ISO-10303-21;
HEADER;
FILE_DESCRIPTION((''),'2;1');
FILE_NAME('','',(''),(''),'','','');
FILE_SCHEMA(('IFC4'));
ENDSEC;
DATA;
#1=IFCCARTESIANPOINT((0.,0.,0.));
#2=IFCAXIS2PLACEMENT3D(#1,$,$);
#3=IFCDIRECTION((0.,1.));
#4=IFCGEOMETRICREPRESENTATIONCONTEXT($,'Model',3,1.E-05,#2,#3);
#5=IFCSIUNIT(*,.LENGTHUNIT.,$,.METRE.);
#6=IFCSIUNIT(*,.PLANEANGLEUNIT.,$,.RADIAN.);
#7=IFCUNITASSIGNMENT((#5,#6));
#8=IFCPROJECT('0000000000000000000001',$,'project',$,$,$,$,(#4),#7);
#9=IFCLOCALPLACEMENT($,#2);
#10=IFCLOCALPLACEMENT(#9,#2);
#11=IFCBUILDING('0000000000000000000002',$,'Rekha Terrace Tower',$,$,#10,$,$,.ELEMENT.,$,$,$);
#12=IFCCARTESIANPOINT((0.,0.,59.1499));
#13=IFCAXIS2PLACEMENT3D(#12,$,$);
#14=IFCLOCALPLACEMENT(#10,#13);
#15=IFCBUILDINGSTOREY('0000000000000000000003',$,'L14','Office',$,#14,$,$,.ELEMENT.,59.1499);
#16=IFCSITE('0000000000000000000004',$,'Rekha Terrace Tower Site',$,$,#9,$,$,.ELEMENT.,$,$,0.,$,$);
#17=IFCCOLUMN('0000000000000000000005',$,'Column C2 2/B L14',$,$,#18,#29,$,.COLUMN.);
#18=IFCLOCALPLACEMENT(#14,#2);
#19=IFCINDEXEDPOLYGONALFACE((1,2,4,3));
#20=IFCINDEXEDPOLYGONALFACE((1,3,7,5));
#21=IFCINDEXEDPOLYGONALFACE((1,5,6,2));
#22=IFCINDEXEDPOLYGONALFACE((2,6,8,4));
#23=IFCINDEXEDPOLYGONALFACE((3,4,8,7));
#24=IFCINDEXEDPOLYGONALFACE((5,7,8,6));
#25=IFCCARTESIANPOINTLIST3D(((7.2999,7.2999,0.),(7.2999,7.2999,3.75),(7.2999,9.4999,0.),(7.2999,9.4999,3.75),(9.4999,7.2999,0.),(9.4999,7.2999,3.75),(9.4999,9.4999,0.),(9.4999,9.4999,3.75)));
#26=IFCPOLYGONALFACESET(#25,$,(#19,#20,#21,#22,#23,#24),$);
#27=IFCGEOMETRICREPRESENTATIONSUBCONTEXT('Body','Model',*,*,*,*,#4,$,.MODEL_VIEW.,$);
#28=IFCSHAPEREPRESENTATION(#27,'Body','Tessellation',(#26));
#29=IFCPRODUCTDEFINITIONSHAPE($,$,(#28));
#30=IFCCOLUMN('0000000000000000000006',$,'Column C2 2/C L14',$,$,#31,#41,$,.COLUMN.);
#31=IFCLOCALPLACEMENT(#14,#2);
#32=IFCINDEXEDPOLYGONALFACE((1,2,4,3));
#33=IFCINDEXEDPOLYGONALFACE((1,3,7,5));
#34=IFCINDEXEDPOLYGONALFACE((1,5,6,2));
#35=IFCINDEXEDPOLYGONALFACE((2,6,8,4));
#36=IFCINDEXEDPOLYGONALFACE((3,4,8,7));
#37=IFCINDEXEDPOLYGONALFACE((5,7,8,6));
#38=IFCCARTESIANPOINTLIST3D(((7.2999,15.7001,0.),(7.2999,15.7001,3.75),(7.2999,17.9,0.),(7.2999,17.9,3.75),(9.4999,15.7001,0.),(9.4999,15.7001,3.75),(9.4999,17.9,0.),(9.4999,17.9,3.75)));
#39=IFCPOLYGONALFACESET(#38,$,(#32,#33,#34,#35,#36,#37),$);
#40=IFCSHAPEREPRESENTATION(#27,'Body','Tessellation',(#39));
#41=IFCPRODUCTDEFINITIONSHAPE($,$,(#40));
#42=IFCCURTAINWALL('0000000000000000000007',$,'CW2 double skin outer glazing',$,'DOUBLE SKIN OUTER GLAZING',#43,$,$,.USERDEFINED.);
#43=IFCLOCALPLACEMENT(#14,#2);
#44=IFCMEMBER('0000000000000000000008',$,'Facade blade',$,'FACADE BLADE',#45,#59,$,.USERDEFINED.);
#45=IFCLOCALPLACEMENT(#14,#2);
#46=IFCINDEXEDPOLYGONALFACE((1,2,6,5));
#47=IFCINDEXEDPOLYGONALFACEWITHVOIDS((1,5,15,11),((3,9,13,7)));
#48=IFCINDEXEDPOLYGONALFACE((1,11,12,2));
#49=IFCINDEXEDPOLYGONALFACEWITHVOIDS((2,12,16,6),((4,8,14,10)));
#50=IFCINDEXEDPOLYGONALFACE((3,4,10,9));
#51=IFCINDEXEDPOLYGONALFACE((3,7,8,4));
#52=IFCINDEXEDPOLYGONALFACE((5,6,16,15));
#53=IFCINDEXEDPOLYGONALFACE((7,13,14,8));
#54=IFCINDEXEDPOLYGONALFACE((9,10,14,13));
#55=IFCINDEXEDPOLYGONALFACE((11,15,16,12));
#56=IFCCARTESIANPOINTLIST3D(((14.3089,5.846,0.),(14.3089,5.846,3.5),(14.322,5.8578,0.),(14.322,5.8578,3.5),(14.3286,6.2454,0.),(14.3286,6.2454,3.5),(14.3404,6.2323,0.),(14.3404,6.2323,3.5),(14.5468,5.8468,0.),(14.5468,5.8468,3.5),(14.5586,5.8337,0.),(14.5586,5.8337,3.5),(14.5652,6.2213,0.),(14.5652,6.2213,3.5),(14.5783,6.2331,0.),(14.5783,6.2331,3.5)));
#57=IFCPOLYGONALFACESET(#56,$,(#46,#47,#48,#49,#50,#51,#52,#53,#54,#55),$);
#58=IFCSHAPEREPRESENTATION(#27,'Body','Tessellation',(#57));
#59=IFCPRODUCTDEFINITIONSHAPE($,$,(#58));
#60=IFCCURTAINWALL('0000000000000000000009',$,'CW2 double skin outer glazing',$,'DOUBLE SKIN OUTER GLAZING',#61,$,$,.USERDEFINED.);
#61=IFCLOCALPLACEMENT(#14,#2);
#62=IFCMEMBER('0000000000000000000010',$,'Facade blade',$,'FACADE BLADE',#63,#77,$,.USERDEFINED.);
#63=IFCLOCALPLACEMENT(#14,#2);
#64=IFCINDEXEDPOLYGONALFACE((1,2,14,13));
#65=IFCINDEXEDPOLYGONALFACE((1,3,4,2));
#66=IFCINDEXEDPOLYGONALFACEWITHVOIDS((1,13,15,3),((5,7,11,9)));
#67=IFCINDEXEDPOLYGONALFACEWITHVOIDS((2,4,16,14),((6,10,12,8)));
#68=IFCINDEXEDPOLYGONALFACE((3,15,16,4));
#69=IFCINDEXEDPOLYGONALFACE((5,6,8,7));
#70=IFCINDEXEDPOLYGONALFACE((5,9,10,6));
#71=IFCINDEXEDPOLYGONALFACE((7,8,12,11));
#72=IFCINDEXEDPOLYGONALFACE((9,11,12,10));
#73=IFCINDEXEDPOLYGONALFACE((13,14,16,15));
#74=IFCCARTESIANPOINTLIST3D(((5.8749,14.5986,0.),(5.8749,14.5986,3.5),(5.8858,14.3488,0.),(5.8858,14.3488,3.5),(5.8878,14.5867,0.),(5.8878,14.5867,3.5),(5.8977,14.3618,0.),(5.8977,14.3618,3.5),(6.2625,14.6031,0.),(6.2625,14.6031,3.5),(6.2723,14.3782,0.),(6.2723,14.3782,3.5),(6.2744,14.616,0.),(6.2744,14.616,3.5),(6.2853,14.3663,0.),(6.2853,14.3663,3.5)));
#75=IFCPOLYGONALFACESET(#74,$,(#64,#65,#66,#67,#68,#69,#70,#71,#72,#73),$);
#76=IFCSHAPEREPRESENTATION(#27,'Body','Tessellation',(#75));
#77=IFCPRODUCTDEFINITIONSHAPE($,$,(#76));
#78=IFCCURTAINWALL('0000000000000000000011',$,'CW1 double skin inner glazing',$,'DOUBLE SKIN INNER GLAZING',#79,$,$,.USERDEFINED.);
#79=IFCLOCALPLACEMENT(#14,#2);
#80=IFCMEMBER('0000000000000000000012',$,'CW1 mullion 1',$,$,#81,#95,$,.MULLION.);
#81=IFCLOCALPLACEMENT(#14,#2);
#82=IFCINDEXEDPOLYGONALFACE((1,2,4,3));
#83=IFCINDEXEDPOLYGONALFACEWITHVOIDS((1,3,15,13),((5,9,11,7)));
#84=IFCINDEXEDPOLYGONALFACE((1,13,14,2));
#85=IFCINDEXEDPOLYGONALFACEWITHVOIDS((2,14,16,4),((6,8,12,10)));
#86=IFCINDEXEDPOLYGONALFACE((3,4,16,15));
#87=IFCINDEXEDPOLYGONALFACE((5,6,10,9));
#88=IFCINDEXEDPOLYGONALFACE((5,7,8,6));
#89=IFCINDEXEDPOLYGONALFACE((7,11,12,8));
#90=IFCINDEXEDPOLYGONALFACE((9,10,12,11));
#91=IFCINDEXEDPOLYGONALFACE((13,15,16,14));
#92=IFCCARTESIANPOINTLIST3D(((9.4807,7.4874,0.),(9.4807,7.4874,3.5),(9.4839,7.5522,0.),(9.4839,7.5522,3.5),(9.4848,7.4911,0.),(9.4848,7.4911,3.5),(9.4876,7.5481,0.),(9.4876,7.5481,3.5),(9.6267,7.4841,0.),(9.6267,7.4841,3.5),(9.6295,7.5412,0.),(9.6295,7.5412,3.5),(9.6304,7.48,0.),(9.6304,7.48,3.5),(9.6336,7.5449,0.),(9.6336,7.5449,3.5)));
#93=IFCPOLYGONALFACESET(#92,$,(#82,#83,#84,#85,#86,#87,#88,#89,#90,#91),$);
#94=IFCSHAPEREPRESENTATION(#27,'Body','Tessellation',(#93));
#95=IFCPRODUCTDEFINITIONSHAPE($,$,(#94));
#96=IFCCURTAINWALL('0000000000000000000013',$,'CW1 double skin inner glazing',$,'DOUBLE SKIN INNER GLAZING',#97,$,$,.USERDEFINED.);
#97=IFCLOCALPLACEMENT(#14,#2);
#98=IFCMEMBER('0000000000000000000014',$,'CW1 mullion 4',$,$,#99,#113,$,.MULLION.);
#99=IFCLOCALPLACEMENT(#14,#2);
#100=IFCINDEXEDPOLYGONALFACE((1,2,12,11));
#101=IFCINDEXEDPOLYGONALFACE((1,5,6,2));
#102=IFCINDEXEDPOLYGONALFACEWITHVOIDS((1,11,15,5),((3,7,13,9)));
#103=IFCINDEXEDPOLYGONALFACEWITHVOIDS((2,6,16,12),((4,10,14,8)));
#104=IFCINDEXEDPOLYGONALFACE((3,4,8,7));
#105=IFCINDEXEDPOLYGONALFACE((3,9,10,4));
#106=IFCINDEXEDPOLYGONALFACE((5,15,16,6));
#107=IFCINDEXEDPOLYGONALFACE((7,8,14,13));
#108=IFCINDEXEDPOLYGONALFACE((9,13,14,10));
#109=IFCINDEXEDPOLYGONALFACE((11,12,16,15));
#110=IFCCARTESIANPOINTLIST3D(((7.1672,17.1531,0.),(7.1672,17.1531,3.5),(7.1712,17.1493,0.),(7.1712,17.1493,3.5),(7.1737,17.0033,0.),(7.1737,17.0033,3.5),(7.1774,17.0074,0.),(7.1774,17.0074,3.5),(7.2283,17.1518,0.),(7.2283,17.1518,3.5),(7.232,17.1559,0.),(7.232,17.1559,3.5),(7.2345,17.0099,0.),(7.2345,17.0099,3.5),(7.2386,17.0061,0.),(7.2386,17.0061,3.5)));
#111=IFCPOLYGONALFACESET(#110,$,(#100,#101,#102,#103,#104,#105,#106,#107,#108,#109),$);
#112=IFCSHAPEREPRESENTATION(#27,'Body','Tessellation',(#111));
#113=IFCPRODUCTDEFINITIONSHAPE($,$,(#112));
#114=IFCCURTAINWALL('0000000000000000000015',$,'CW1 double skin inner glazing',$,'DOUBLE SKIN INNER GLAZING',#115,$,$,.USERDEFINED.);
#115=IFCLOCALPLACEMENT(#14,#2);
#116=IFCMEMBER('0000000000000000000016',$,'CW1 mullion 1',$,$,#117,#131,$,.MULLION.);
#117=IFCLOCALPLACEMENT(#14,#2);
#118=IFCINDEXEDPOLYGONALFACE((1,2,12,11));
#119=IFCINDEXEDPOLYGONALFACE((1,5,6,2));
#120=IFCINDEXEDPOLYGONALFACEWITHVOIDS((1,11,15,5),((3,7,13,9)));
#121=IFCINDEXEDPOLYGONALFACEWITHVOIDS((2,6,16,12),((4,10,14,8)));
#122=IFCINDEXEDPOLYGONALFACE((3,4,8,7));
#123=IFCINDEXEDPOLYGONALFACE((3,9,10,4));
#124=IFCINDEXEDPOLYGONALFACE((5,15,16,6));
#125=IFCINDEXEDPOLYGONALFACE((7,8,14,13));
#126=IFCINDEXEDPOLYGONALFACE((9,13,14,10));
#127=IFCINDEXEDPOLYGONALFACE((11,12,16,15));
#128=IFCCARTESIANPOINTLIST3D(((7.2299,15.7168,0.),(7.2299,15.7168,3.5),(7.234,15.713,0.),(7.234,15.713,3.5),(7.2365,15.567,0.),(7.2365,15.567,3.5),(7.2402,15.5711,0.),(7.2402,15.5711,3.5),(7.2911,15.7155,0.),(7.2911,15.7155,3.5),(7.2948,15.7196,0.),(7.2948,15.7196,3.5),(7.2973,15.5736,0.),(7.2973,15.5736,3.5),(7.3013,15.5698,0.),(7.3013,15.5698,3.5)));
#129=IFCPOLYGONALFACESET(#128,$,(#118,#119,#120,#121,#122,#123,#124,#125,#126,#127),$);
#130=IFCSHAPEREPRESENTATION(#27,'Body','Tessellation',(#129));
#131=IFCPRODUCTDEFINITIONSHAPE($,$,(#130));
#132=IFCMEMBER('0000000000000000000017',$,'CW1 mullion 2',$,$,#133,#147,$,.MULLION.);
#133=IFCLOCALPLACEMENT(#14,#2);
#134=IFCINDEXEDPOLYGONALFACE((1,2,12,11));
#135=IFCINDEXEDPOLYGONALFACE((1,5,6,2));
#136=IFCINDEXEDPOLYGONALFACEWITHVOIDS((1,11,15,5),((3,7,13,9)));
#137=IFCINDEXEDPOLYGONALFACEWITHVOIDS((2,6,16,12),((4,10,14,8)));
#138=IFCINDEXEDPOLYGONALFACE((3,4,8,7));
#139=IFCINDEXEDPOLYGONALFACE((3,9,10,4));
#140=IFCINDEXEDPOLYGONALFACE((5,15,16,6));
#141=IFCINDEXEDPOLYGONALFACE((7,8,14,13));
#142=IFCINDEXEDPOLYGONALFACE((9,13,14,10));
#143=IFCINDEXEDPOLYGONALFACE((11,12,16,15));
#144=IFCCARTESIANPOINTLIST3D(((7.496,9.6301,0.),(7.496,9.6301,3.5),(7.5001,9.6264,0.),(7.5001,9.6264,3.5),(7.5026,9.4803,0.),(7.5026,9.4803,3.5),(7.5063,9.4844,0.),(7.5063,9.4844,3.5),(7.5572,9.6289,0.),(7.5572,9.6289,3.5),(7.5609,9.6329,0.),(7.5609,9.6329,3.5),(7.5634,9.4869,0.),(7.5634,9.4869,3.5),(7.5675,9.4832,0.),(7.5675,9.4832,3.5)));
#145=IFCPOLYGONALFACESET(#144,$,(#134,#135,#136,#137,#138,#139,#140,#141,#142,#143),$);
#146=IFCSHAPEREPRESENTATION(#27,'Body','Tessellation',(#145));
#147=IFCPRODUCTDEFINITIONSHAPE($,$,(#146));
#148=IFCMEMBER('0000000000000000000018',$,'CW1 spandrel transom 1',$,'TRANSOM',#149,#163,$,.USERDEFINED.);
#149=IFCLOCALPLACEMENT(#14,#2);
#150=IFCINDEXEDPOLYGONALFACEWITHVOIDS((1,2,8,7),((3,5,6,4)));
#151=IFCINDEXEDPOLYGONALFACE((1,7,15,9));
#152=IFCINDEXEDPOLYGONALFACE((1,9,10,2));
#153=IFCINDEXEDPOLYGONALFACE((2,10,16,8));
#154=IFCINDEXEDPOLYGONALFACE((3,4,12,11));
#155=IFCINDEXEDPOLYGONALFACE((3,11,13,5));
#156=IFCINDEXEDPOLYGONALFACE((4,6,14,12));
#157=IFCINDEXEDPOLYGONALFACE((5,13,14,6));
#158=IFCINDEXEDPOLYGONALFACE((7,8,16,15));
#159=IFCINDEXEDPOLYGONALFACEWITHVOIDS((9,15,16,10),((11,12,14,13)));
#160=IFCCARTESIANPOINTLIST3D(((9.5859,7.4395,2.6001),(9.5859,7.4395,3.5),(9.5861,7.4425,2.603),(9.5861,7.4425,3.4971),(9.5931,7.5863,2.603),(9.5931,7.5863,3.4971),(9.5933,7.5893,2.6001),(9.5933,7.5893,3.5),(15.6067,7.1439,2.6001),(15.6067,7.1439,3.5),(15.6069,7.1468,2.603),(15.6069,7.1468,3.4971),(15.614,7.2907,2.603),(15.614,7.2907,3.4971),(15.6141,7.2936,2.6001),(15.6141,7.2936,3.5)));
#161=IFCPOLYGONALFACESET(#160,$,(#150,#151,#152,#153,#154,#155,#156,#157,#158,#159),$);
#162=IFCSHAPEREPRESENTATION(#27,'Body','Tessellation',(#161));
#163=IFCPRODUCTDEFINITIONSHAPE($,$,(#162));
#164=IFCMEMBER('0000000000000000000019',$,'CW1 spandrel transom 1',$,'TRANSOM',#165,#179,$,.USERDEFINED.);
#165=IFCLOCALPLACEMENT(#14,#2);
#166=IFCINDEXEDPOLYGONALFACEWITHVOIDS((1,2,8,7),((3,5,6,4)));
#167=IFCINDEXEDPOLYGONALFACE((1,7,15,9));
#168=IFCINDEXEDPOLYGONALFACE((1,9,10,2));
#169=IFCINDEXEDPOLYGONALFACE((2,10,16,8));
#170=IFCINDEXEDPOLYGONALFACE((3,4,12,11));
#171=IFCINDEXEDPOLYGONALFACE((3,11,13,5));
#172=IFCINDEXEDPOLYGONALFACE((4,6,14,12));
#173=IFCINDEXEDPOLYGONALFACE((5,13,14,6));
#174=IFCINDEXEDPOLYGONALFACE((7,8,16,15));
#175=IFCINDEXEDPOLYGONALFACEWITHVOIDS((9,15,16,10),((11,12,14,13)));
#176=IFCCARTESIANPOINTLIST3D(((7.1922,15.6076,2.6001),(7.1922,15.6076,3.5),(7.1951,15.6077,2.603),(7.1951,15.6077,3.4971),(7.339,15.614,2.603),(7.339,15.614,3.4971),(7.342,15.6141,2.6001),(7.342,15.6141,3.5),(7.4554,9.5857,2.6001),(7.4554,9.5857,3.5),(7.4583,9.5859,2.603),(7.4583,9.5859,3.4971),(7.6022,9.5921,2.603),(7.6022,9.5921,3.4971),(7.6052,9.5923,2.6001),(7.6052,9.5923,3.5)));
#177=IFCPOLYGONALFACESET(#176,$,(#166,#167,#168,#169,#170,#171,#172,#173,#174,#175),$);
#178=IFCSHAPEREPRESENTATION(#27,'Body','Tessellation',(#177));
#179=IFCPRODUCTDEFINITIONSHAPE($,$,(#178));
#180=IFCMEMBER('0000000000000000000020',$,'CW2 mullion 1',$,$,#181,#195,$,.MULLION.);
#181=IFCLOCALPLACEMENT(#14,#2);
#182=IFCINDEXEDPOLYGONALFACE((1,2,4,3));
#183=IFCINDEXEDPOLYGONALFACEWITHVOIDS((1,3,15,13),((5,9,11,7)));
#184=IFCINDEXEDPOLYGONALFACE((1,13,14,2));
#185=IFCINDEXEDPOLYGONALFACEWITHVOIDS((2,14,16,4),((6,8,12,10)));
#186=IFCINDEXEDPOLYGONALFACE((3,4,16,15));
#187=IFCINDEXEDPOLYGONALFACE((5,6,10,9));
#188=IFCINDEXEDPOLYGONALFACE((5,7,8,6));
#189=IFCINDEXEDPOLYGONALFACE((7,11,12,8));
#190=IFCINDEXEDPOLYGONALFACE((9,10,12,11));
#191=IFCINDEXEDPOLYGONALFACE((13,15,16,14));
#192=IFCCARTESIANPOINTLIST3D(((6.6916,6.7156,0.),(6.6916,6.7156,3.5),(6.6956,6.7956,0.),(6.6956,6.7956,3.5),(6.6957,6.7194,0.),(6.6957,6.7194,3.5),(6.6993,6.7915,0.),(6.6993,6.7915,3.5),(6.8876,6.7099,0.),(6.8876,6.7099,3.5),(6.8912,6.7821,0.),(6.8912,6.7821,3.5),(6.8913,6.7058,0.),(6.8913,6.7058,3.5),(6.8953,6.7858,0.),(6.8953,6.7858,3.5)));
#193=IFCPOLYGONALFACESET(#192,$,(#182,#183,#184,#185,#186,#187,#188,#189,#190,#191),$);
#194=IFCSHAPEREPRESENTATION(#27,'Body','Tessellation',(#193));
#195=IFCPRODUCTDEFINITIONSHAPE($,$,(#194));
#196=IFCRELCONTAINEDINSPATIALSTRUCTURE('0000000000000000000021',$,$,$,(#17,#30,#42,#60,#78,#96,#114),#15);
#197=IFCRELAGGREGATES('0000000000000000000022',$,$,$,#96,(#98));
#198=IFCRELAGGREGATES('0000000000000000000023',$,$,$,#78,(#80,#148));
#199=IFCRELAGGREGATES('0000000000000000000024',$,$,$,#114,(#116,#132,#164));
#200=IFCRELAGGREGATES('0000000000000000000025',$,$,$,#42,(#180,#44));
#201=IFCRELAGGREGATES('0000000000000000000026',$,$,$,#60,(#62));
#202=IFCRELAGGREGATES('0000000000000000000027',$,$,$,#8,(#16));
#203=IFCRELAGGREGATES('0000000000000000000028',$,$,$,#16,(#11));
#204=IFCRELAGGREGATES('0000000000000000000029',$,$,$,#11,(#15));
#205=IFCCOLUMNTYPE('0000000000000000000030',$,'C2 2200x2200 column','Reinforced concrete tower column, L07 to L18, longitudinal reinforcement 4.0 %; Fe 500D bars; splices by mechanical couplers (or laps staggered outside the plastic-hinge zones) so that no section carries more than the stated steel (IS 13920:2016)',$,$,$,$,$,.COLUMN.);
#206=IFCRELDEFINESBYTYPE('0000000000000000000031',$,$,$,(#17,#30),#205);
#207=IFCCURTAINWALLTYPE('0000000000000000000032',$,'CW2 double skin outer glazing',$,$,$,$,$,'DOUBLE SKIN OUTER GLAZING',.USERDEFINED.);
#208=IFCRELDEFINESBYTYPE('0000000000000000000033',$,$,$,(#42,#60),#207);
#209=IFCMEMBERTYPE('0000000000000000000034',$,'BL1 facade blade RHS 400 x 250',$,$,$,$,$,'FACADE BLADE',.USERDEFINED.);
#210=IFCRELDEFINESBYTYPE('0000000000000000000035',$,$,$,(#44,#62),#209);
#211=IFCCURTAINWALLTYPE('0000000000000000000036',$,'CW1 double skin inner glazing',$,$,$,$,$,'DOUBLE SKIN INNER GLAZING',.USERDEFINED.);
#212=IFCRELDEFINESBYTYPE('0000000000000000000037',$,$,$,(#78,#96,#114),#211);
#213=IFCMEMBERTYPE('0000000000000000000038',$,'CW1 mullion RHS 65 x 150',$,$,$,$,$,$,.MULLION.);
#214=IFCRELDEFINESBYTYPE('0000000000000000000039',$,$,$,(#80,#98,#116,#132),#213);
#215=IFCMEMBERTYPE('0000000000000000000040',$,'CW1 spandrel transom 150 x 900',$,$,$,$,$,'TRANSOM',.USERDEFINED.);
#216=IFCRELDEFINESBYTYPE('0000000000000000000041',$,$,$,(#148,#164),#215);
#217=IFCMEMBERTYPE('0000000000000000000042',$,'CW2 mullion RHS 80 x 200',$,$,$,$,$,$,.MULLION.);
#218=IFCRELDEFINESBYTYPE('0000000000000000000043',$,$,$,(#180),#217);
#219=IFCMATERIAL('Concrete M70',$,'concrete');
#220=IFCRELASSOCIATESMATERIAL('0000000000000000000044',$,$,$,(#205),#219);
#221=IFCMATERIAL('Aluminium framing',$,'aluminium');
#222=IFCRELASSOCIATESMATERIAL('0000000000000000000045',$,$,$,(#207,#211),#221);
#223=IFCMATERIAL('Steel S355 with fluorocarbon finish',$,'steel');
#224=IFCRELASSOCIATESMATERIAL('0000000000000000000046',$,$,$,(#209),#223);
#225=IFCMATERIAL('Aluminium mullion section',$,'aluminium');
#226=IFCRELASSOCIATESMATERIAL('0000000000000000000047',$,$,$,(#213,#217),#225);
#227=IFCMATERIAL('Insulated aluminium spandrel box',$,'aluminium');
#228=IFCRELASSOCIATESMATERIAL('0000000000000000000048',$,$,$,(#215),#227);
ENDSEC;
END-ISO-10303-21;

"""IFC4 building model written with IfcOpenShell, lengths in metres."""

from ifc_helpers import new_model, si_unit, direction, frame, origin, origin_2d, place, context, subcontext, project, spatial, rectangle, hollow_rectangle, extrude, material, material_profile, profile_set, type_object, element, aggregate, save


model = new_model("IFC4")

# Units and contexts
model_context = context("Model", 3, precision=1e-05, world=origin(), true_north=direction((0.0, 1.0)))
body_context = subcontext(model_context, "Body", "Model", "MODEL_VIEW")
ifc_project = project(units=[si_unit("LENGTHUNIT", "METRE"), si_unit("PLANEANGLEUNIT", "RADIAN")], contexts=[model_context])

# Site, building, storey
site_placement = place(None, origin())
site = spatial("IfcSite", under=ifc_project, at=site_placement, Name="Rekha Terrace Tower Site", CompositionType="ELEMENT", RefElevation=0.0)
building_placement = place(site_placement, origin())
building = spatial("IfcBuilding", under=site, at=building_placement, Name="Rekha Terrace Tower", CompositionType="ELEMENT")
storey_placement = place(building_placement, frame((0.0, 0.0, 59.1499)))
storey = spatial("IfcBuildingStorey", under=building, at=storey_placement, Name="L14", Description="Office", CompositionType="ELEMENT", Elevation=59.1499)

# Columns
ifc_material_1 = material(Name="Concrete M70", Category="concrete")
ifc_material_profile_1 = material_profile(ifc_material_1, rectangle(XDim=2.2, YDim=2.2, at=origin_2d()), Name="RC 2200x2200")
ifc_profile_set_1 = profile_set([ifc_material_profile_1], Name="Concrete M70")
column_type = type_object("IfcColumnType", Name="C2 2200x2200 column", Description="Reinforced concrete tower column, L07 to L18, longitudinal reinforcement 4.0 %; Fe 500D bars; splices by mechanical couplers (or laps staggered outside the plastic-hinge zones) so that no section carries more than the stated steel (IS 13920:2016)", PredefinedType="COLUMN", material=ifc_profile_set_1)
for number, where, z_axis, x_axis, name in (
    (1, (8.3999, 8.3999, 0.0), (0.0, 0.0, 1.0), (1.0, 0.0, 0.0), "Column C2 2/B L14"),
    (2, (8.3999, 16.8, 0.0), (0.0, 0.0, 1.0), (1.0, 0.0, 0.0), "Column C2 2/C L14"),
):
    element("IfcColumn", number, at=place(storey_placement, frame(where, z_axis=z_axis, x_axis=x_axis)), inside=storey, type_object=column_type, Name=name, PredefinedType="COLUMN", context=body_context, shape_type="SweptSolid", body=[
        extrude(rectangle(XDim=2.2, YDim=2.2, at=origin_2d()), origin(), (0.0, 0.0, 1.0), 3.75),
    ])

# Curtain walls, members
ifc_material_2 = material(Name="Aluminium framing", Category="aluminium")
curtain_wall_type_1 = type_object("IfcCurtainWallType", Name="CW2 double skin outer glazing", ElementType="DOUBLE SKIN OUTER GLAZING", PredefinedType="USERDEFINED", material=ifc_material_2)
curtain_wall_1_placement = place(storey_placement, origin())
curtain_wall_1 = element("IfcCurtainWall", 3, at=curtain_wall_1_placement, inside=storey, type_object=curtain_wall_type_1, Name="CW2 double skin outer glazing", ObjectType="DOUBLE SKIN OUTER GLAZING", PredefinedType="USERDEFINED")
ifc_material_3 = material(Name="Steel S355 with fluorocarbon finish", Category="steel")
ifc_material_profile_2 = material_profile(ifc_material_3, hollow_rectangle(XDim=0.25, YDim=0.3999, WallThickness=0.0125, at=origin_2d()), Name="RHS400x250x12.5")
ifc_profile_set_2 = profile_set([ifc_material_profile_2], Name="Steel S355 with fluorocarbon finish")
member_type_1 = type_object("IfcMemberType", Name="BL1 facade blade RHS 400 x 250", ElementType="FACADE BLADE", PredefinedType="USERDEFINED", material=ifc_profile_set_2)
member_1_placement = place(storey_placement, frame((14.4436, 6.0396, 0.0), z_axis=(0.0, 0.0, 1.0), x_axis=(0.998796, -0.049052, 0.0)))
member_1 = element("IfcMember", 4, at=member_1_placement, type_object=member_type_1, Name="Facade blade", ObjectType="FACADE BLADE", PredefinedType="USERDEFINED", context=body_context, shape_type="SweptSolid", body=[
    extrude(hollow_rectangle(XDim=0.25, YDim=0.3999, WallThickness=0.0125, at=origin_2d()), origin(), (0.0, 0.0, 1.0), 3.5),
])
curtain_wall_2_placement = place(storey_placement, origin())
curtain_wall_2 = element("IfcCurtainWall", 5, at=curtain_wall_2_placement, inside=storey, type_object=curtain_wall_type_1, Name="CW2 double skin outer glazing", ObjectType="DOUBLE SKIN OUTER GLAZING", PredefinedType="USERDEFINED")
member_2_placement = place(storey_placement, frame((6.0801, 14.4824, 0.0), z_axis=(0.0, 0.0, 1.0), x_axis=(0.043682, -0.999045, 0.0)))
member_2 = element("IfcMember", 6, at=member_2_placement, type_object=member_type_1, Name="Facade blade", ObjectType="FACADE BLADE", PredefinedType="USERDEFINED", context=body_context, shape_type="SweptSolid", body=[
    extrude(hollow_rectangle(XDim=0.25, YDim=0.3999, WallThickness=0.0125, at=origin_2d()), origin(), (0.0, 0.0, 1.0), 3.5),
])
curtain_wall_type_2 = type_object("IfcCurtainWallType", Name="CW1 double skin inner glazing", ElementType="DOUBLE SKIN INNER GLAZING", PredefinedType="USERDEFINED", material=ifc_material_2)
curtain_wall_3_placement = place(storey_placement, origin())
curtain_wall_3 = element("IfcCurtainWall", 7, at=curtain_wall_3_placement, inside=storey, type_object=curtain_wall_type_2, Name="CW1 double skin inner glazing", ObjectType="DOUBLE SKIN INNER GLAZING", PredefinedType="USERDEFINED")
ifc_material_4 = material(Name="Aluminium mullion section", Category="aluminium")
ifc_material_profile_3 = material_profile(ifc_material_4, hollow_rectangle(XDim=0.0649, YDim=0.1499, WallThickness=0.0039, at=origin_2d()), Name="AL RHS 65x150")
ifc_profile_set_3 = profile_set([ifc_material_profile_3], Name="Aluminium mullion section")
member_type_2 = type_object("IfcMemberType", Name="CW1 mullion RHS 65 x 150", PredefinedType="MULLION", material=ifc_profile_set_3)
member_3_placement = place(storey_placement, frame((9.5571, 7.5161, 0.0), z_axis=(0.0, 0.0, 1.0), x_axis=(0.049052, 0.998796, 0.0)))
member_3 = element("IfcMember", 8, at=member_3_placement, type_object=member_type_2, Name="CW1 mullion 1", PredefinedType="MULLION", context=body_context, shape_type="SweptSolid", body=[
    extrude(hollow_rectangle(XDim=0.0649, YDim=0.1499, WallThickness=0.0039, at=origin_2d()), origin(), (0.0, 0.0, 1.0), 3.5),
])
curtain_wall_4_placement = place(storey_placement, origin())
curtain_wall_4 = element("IfcCurtainWall", 9, at=curtain_wall_4_placement, inside=storey, type_object=curtain_wall_type_2, Name="CW1 double skin inner glazing", ObjectType="DOUBLE SKIN INNER GLAZING", PredefinedType="USERDEFINED")
member_4_placement = place(storey_placement, frame((7.2029, 17.0796, 0.0), z_axis=(0.0, 0.0, 1.0), x_axis=(0.999045, 0.043683, 0.0)))
member_4 = element("IfcMember", 10, at=member_4_placement, type_object=member_type_2, Name="CW1 mullion 4", PredefinedType="MULLION", context=body_context, shape_type="SweptSolid", body=[
    extrude(hollow_rectangle(XDim=0.0649, YDim=0.1499, WallThickness=0.0039, at=origin_2d()), origin(), (0.0, 0.0, 1.0), 3.5),
])
aggregate(curtain_wall_4, [member_4])

# Curtain wall, members
curtain_wall_5_placement = place(storey_placement, origin())
curtain_wall_5 = element("IfcCurtainWall", 11, at=curtain_wall_5_placement, inside=storey, type_object=curtain_wall_type_2, Name="CW1 double skin inner glazing", ObjectType="DOUBLE SKIN INNER GLAZING", PredefinedType="USERDEFINED")
member_5_placement = place(storey_placement, frame((7.2656, 15.6433, 0.0), z_axis=(0.0, 0.0, 1.0), x_axis=(0.999045, 0.043683, 0.0)))
member_5 = element("IfcMember", 12, at=member_5_placement, type_object=member_type_2, Name="CW1 mullion 1", PredefinedType="MULLION", context=body_context, shape_type="SweptSolid", body=[
    extrude(hollow_rectangle(XDim=0.0649, YDim=0.1499, WallThickness=0.0039, at=origin_2d()), origin(), (0.0, 0.0, 1.0), 3.5),
])
member_6_placement = place(storey_placement, frame((7.5317, 9.5566, 0.0), z_axis=(0.0, 0.0, 1.0), x_axis=(0.999045, 0.043683, 0.0)))
member_6 = element("IfcMember", 13, at=member_6_placement, type_object=member_type_2, Name="CW1 mullion 2", PredefinedType="MULLION", context=body_context, shape_type="SweptSolid", body=[
    extrude(hollow_rectangle(XDim=0.0649, YDim=0.1499, WallThickness=0.0039, at=origin_2d()), origin(), (0.0, 0.0, 1.0), 3.5),
])

# Members
ifc_material_5 = material(Name="Insulated aluminium spandrel box", Category="aluminium")
ifc_material_profile_4 = material_profile(ifc_material_5, hollow_rectangle(XDim=0.1499, YDim=0.8999, WallThickness=0.0029, at=origin_2d()), Name="AL SPANDREL BOX 150x900")
ifc_profile_set_4 = profile_set([ifc_material_profile_4], Name="Insulated aluminium spandrel box")
member_type_3 = type_object("IfcMemberType", Name="CW1 spandrel transom 150 x 900", ElementType="TRANSOM", PredefinedType="USERDEFINED", material=ifc_profile_set_4)
member_7_placement = place(storey_placement, frame((9.5896, 7.5144, 3.05), z_axis=(0.998796, -0.049047, 0.0), x_axis=(0.049047, 0.998796, 0.0)))
member_7 = element("IfcMember", 14, at=member_7_placement, type_object=member_type_3, Name="CW1 spandrel transom 1", ObjectType="TRANSOM", PredefinedType="USERDEFINED", context=body_context, shape_type="SweptSolid", body=[
    extrude(hollow_rectangle(XDim=0.1499, YDim=0.8999, WallThickness=0.0029, at=origin_2d()), origin(), (0.0, 0.0, 1.0), 6.0281),
])
member_8_placement = place(storey_placement, frame((7.2671, 15.6108, 3.05), z_axis=(0.043664, -0.999046, 0.0), x_axis=(0.999046, 0.043664, 0.0)))
member_8 = element("IfcMember", 15, at=member_8_placement, type_object=member_type_3, Name="CW1 spandrel transom 1", ObjectType="TRANSOM", PredefinedType="USERDEFINED", context=body_context, shape_type="SweptSolid", body=[
    extrude(hollow_rectangle(XDim=0.1499, YDim=0.8999, WallThickness=0.0029, at=origin_2d()), origin(), (0.0, 0.0, 1.0), 6.0276),
])
ifc_material_profile_5 = material_profile(ifc_material_4, hollow_rectangle(XDim=0.0801, YDim=0.2, WallThickness=0.0039, at=origin_2d()), Name="AL RHS 80x200")
ifc_profile_set_5 = profile_set([ifc_material_profile_5], Name="Aluminium mullion section")
member_type_4 = type_object("IfcMemberType", Name="CW2 mullion RHS 80 x 200", PredefinedType="MULLION", material=ifc_profile_set_5)
member_9_placement = place(storey_placement, frame((6.7935, 6.7507, 0.0), z_axis=(0.0, 0.0, 1.0), x_axis=(0.049052, 0.998796, 0.0)))
member_9 = element("IfcMember", 16, at=member_9_placement, type_object=member_type_4, Name="CW2 mullion 1", PredefinedType="MULLION", context=body_context, shape_type="SweptSolid", body=[
    extrude(hollow_rectangle(XDim=0.0801, YDim=0.2, WallThickness=0.0039, at=origin_2d()), origin(), (0.0, 0.0, 1.0), 3.5),
])

aggregate(curtain_wall_3, [member_3, member_7])
aggregate(curtain_wall_5, [member_5, member_6, member_8])
aggregate(curtain_wall_1, [member_9, member_1])
aggregate(curtain_wall_2, [member_2])

save(model, "model.ifc")
